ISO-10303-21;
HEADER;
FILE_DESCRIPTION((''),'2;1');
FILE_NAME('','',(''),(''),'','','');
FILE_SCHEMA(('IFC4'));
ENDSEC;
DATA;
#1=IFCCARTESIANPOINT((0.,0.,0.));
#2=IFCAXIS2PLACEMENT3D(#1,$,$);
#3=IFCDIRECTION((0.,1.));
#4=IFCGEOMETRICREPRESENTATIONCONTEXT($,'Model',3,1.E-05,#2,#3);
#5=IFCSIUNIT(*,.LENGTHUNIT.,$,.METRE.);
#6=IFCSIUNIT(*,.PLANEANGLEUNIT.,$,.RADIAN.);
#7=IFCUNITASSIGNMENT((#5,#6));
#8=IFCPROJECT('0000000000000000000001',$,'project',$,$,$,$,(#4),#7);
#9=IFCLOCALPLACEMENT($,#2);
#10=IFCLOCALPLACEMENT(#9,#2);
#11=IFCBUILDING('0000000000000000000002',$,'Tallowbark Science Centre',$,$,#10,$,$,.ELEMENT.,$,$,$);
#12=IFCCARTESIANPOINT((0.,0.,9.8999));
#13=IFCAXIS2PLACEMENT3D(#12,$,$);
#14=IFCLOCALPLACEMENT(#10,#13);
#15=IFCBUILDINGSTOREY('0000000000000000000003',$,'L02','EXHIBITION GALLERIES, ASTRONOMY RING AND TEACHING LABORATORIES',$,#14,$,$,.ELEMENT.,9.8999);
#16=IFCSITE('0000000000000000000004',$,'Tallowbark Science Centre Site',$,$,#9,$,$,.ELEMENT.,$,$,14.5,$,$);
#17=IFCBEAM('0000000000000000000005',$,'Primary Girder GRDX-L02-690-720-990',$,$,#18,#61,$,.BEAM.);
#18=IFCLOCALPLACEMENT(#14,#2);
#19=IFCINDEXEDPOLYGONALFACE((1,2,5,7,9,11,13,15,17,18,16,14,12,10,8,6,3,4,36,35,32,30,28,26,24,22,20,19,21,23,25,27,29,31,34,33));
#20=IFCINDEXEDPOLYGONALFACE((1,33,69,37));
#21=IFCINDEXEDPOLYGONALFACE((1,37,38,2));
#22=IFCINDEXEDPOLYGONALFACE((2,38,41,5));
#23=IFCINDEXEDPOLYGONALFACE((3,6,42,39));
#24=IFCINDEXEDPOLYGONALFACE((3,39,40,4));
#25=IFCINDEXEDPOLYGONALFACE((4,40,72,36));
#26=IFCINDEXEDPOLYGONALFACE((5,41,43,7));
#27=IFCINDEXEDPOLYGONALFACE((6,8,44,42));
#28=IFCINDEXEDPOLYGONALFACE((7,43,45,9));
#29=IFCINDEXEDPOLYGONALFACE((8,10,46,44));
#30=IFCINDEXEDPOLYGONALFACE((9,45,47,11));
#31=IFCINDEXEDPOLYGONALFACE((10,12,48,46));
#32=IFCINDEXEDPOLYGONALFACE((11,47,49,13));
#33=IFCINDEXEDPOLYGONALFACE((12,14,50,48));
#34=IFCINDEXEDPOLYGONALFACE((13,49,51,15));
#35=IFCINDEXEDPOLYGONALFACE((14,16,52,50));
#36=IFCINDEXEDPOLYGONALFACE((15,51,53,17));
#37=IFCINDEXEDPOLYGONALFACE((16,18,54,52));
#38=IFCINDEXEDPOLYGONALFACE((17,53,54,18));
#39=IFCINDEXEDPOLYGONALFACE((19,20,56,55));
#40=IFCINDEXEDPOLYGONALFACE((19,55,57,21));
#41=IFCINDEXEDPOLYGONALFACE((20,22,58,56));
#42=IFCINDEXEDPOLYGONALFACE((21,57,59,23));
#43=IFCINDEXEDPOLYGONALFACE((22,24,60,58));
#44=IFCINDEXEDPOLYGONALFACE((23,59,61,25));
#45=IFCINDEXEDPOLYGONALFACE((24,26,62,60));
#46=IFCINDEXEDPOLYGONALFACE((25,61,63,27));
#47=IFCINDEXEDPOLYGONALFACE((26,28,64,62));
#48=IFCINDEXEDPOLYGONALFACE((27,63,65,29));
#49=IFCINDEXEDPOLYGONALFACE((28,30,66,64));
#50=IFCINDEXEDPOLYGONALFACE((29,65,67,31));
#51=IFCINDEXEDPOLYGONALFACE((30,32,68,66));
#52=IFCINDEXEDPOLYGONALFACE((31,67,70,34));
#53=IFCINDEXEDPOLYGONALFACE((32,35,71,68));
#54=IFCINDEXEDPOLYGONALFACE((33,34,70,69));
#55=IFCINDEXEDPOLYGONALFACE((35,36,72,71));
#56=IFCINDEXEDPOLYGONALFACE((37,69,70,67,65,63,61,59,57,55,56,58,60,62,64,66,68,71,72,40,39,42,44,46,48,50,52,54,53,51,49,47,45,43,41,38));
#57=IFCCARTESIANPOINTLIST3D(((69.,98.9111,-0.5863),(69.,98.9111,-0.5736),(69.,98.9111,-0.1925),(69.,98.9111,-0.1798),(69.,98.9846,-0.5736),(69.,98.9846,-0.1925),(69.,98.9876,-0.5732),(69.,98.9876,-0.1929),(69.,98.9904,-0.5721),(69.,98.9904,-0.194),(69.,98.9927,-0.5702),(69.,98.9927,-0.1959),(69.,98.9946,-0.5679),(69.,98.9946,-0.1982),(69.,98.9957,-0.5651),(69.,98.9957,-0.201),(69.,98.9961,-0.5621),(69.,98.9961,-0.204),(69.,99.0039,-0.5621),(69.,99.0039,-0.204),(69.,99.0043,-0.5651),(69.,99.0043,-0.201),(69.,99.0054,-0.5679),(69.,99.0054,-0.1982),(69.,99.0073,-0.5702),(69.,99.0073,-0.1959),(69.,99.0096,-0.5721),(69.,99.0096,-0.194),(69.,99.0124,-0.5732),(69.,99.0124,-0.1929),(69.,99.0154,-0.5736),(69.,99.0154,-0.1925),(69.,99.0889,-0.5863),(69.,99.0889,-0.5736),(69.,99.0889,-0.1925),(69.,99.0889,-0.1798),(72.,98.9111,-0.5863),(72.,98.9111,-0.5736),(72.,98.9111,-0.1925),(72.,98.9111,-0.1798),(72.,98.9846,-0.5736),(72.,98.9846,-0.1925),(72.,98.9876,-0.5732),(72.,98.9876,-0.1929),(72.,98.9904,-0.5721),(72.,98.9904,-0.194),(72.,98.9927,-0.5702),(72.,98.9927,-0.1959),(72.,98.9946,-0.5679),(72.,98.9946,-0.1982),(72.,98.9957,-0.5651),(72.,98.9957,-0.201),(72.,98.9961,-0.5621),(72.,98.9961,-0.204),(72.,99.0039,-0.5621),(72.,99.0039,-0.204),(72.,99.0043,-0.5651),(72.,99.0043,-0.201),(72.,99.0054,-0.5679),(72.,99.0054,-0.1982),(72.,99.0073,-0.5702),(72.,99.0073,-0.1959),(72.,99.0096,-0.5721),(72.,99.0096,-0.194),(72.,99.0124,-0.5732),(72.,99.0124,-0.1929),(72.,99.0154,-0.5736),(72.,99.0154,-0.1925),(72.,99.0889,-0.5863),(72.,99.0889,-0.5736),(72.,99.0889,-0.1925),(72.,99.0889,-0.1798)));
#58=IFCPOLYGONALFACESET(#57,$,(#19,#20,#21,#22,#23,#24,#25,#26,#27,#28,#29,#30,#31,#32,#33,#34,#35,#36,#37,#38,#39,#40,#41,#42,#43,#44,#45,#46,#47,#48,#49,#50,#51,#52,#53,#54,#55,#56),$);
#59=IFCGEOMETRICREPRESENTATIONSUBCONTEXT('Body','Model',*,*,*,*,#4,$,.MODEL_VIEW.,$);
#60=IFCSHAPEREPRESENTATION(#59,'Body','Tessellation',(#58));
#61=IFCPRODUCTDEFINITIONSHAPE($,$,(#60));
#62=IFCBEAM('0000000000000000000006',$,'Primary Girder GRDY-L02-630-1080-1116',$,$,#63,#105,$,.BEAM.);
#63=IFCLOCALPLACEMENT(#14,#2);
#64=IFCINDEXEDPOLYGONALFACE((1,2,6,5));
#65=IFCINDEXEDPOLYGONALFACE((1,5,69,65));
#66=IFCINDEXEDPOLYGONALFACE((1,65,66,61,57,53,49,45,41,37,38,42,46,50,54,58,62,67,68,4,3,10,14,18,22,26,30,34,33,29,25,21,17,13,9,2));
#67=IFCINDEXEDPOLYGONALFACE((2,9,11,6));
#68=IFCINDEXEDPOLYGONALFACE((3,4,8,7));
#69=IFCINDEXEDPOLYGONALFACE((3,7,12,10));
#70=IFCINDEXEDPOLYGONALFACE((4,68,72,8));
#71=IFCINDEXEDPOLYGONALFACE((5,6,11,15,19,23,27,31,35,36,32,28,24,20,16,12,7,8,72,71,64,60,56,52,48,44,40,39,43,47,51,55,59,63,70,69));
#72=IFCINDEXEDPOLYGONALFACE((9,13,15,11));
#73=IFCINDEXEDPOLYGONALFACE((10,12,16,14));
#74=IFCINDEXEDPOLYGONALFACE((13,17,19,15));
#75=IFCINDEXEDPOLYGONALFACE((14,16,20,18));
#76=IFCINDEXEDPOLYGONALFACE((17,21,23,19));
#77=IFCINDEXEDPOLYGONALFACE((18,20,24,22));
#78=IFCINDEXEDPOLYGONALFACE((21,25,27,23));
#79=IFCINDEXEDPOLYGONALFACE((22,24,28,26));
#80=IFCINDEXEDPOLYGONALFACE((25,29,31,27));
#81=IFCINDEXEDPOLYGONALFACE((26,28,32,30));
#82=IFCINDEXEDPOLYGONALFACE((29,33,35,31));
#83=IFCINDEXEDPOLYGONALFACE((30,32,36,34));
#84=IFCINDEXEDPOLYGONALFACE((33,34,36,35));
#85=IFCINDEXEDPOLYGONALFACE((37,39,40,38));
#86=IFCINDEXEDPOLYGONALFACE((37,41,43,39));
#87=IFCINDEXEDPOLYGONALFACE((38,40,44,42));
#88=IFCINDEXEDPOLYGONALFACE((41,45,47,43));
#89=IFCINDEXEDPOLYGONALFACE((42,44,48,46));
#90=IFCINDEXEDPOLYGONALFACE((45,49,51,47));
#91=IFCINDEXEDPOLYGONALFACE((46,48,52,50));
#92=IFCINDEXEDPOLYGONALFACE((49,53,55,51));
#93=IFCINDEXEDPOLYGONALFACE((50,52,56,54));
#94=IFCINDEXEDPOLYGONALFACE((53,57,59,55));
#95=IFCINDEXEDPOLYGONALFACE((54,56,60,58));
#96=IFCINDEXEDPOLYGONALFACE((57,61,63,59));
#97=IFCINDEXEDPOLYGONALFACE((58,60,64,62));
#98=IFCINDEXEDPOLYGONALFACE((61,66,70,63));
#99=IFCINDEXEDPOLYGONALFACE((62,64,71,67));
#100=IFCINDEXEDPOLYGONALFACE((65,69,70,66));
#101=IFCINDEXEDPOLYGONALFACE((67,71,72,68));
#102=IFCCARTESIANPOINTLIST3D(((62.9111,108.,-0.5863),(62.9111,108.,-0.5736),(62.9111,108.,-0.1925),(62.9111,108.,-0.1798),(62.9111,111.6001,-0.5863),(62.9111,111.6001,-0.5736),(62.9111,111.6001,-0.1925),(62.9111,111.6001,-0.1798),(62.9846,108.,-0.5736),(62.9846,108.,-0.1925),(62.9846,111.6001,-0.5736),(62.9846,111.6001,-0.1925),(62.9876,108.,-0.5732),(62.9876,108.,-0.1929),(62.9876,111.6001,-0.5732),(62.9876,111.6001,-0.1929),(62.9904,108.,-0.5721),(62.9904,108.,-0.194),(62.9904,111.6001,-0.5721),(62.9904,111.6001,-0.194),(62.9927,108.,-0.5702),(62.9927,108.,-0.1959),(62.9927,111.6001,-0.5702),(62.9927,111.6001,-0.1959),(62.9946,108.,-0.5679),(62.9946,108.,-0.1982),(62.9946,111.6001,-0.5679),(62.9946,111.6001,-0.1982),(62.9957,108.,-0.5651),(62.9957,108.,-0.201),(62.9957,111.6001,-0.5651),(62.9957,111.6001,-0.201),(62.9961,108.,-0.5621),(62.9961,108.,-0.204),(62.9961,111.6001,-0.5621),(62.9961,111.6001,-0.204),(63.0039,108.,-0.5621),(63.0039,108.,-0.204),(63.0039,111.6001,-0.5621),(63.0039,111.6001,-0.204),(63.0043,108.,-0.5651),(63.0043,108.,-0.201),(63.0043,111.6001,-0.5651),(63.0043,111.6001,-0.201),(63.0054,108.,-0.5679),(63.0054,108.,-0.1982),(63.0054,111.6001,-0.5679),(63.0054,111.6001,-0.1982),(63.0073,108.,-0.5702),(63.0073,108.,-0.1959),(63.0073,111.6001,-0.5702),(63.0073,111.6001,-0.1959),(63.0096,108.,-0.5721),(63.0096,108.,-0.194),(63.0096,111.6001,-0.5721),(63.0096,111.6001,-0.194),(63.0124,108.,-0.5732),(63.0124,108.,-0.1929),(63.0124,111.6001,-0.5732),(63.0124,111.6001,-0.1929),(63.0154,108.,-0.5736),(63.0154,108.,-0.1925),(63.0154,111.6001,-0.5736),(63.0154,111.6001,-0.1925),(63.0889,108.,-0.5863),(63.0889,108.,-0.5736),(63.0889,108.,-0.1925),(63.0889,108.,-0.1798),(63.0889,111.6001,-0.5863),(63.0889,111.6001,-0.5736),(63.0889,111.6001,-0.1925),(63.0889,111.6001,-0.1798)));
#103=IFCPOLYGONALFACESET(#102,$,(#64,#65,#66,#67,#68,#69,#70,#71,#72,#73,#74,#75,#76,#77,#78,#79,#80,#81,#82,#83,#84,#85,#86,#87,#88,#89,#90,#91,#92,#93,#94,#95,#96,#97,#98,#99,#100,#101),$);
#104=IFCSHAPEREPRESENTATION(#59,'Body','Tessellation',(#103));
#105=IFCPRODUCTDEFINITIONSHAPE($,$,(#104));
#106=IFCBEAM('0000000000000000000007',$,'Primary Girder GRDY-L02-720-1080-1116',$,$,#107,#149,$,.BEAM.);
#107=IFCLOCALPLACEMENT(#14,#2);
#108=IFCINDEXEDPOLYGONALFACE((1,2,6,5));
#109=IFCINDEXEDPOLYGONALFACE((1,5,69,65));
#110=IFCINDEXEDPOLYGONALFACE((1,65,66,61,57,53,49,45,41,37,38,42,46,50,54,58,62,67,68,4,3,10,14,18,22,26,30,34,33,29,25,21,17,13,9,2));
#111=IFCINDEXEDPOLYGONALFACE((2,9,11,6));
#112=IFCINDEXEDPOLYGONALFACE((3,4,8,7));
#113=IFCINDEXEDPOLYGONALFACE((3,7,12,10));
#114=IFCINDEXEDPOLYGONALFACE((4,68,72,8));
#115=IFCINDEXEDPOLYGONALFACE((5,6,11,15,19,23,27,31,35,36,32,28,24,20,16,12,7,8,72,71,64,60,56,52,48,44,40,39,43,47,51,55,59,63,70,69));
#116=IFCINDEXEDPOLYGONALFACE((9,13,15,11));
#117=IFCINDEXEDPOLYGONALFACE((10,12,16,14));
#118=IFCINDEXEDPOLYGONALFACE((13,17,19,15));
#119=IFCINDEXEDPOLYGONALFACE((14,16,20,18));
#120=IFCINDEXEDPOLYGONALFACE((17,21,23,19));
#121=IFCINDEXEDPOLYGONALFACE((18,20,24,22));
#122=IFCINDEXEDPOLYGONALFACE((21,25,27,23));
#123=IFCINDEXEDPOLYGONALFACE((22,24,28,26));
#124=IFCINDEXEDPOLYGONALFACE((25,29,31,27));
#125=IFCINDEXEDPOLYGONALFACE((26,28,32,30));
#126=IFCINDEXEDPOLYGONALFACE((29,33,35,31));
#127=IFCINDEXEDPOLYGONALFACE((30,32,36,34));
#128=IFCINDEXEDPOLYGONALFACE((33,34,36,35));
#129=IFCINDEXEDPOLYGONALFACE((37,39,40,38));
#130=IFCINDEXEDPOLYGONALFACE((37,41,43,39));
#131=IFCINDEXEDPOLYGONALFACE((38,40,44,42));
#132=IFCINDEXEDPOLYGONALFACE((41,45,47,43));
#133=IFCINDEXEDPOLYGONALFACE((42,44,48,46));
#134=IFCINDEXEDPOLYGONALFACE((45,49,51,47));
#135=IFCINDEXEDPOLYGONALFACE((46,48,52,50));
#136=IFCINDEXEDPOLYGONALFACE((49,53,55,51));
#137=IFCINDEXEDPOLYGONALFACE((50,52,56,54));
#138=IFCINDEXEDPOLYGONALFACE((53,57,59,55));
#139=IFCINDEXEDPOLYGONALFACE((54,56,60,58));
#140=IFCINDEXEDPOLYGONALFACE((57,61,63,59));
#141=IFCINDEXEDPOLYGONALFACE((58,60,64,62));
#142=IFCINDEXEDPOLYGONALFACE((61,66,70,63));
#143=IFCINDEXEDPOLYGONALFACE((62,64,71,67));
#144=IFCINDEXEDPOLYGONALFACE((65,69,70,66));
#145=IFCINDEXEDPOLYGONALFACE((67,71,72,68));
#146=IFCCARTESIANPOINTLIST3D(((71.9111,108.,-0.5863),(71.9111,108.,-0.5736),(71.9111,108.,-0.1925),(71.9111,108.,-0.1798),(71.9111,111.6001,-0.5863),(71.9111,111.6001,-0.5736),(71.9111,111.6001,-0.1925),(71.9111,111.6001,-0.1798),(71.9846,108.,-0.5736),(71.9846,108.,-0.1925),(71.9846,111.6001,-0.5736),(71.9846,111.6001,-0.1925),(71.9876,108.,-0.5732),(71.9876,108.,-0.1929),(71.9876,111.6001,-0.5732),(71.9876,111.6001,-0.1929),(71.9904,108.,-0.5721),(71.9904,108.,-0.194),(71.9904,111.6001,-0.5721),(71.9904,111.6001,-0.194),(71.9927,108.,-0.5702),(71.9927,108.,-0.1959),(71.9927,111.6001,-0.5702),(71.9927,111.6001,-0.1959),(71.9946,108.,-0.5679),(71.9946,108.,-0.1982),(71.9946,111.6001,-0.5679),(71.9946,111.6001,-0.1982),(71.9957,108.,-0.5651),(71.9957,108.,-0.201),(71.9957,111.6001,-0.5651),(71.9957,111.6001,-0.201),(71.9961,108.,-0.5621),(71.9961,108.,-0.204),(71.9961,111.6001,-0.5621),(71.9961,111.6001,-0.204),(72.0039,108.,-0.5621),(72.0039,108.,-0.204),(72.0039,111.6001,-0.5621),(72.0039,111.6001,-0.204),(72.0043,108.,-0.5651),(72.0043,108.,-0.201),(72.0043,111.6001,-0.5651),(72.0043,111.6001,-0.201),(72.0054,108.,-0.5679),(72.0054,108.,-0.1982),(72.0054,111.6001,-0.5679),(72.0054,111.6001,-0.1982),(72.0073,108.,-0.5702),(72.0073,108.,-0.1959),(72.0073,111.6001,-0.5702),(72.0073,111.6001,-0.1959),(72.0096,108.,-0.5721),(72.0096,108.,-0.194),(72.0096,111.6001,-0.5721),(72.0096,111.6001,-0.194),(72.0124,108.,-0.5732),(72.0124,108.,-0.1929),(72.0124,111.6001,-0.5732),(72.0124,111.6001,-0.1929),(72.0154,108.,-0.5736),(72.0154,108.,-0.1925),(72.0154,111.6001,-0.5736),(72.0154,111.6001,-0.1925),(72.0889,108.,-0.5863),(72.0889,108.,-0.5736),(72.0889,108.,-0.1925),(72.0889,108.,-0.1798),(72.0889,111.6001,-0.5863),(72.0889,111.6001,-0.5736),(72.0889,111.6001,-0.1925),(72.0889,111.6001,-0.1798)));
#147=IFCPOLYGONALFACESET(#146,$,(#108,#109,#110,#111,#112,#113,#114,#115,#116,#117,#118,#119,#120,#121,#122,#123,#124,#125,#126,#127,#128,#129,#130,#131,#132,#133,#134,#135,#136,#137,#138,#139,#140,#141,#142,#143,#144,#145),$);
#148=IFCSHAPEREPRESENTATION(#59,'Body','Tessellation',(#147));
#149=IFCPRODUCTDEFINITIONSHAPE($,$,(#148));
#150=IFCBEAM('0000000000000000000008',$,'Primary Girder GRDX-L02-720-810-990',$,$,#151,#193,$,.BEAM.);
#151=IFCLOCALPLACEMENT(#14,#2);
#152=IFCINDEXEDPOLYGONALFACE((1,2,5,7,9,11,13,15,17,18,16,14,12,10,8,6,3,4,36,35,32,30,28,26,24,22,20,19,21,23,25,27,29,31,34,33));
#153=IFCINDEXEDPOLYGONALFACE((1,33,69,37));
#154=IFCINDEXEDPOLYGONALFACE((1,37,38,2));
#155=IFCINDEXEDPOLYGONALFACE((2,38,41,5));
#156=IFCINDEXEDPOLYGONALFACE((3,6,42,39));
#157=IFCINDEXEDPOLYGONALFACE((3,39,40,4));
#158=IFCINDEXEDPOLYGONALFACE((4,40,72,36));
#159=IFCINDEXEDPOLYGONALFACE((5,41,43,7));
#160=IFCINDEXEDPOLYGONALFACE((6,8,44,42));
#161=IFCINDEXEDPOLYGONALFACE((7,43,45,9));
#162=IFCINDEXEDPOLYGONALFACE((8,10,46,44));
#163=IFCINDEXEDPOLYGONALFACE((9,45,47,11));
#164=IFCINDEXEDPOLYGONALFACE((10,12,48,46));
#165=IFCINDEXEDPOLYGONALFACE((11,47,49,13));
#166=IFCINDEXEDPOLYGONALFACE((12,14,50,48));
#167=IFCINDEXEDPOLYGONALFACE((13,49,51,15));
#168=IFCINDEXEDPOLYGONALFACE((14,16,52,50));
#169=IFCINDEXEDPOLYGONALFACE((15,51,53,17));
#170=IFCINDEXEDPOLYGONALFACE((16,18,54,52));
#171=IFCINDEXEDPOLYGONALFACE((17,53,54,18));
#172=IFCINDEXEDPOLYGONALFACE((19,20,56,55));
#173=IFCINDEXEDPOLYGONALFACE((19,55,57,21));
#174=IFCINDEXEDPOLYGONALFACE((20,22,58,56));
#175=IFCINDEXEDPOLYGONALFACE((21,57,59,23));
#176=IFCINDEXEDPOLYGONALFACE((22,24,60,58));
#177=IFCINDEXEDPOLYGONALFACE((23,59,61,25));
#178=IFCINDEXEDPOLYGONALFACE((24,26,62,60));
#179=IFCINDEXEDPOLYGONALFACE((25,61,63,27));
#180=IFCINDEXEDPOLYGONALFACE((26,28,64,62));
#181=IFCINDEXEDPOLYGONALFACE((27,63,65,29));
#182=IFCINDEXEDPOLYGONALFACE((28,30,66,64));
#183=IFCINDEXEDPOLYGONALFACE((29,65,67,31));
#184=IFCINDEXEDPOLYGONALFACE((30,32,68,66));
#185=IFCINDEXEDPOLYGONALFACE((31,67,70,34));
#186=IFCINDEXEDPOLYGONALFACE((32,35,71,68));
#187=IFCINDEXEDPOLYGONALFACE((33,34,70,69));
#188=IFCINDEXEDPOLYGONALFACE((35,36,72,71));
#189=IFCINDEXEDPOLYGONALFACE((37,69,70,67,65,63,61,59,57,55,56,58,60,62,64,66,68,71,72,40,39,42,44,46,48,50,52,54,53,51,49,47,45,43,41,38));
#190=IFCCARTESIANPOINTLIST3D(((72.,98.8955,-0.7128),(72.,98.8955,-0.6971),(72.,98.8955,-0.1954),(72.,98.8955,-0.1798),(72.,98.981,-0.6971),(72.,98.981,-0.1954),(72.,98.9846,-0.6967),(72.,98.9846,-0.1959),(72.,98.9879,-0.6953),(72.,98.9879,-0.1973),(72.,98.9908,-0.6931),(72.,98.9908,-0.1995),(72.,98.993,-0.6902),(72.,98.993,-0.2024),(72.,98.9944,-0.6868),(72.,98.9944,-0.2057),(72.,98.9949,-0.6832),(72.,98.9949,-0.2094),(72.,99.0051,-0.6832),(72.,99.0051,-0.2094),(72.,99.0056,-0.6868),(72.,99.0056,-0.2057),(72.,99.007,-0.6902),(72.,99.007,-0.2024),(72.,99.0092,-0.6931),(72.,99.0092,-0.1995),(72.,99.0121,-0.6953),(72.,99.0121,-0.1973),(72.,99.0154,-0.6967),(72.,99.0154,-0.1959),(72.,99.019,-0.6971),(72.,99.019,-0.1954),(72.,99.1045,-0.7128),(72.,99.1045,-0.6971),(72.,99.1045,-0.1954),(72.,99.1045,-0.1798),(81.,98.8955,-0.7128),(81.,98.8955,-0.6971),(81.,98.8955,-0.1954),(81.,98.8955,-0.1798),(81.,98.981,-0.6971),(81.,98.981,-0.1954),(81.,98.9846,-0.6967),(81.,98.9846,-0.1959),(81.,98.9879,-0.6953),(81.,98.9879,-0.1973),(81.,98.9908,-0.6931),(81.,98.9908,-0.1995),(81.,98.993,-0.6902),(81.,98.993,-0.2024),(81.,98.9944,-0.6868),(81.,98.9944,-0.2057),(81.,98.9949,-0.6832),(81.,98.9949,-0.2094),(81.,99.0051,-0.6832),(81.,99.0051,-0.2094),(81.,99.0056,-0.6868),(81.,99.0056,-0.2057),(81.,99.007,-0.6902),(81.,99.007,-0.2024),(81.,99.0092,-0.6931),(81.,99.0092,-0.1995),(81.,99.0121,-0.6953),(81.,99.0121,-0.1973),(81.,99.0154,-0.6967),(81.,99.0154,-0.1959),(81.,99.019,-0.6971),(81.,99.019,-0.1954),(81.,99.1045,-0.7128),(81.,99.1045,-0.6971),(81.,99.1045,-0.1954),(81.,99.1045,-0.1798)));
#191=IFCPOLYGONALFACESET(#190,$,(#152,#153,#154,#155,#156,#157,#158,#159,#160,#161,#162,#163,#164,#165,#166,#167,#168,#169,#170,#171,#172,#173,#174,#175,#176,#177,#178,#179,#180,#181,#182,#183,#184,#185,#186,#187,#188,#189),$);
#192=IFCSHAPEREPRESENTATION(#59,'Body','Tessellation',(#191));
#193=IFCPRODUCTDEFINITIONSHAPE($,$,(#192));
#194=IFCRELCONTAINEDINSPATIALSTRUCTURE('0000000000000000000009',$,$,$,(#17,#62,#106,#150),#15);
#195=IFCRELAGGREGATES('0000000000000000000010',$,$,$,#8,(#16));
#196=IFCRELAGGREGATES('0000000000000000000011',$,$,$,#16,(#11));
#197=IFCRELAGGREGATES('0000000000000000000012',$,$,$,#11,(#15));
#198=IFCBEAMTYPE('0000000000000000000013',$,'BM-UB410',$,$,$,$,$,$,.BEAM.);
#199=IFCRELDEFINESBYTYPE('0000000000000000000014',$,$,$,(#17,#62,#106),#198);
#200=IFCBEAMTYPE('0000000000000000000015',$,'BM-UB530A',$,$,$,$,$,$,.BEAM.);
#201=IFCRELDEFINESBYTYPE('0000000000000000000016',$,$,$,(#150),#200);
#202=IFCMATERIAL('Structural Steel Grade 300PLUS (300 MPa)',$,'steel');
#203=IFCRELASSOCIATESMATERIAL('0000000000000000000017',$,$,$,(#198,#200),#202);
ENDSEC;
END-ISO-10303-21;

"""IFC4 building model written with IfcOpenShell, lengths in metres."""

from ifc_helpers import new_model, si_unit, direction, frame, origin, origin_2d, place, context, subcontext, project, spatial, i_section, extrude, material, material_profile, profile_set, type_object, element, save


model = new_model("IFC4")

# Units and contexts
model_context = context("Model", 3, precision=1e-05, world=origin(), true_north=direction((0.0, 1.0)))
body_context = subcontext(model_context, "Body", "Model", "MODEL_VIEW")
ifc_project = project(units=[si_unit("LENGTHUNIT", "METRE"), si_unit("PLANEANGLEUNIT", "RADIAN")], contexts=[model_context])

# Site, building, storey
site_placement = place(None, origin())
site = spatial("IfcSite", under=ifc_project, at=site_placement, Name="Tallowbark Science Centre Site", CompositionType="ELEMENT", RefElevation=14.5)
building_placement = place(site_placement, origin())
building = spatial("IfcBuilding", under=site, at=building_placement, Name="Tallowbark Science Centre", CompositionType="ELEMENT")
storey_placement = place(building_placement, frame((0.0, 0.0, 9.8999)))
storey = spatial("IfcBuildingStorey", under=building, at=storey_placement, Name="L02", Description="EXHIBITION GALLERIES, ASTRONOMY RING AND TEACHING LABORATORIES", CompositionType="ELEMENT", Elevation=9.8999)

# Shared definitions
ifc_material_1 = material(Name="Structural Steel Grade 300PLUS (300 MPa)", Category="steel")

# Beams
ifc_material_profile_1 = material_profile(ifc_material_1, i_section(OverallWidth=0.1777, OverallDepth=0.4065, WebThickness=0.0078, FlangeThickness=0.0127, FilletRadius=0.0115, at=origin_2d()), Name="410UB59.7")
ifc_profile_set_1 = profile_set([ifc_material_profile_1], Name="Structural Steel Grade 300PLUS (300 MPa)")
beam_type_1 = type_object("IfcBeamType", Name="BM-UB410", PredefinedType="BEAM", material=ifc_profile_set_1)
beam_1_placement = place(storey_placement, frame((69.0, 99.0, -0.3831), z_axis=(1.0, 0.0, 0.0), x_axis=(0.0, 1.0, 0.0)))
element("IfcBeam", 1, at=beam_1_placement, inside=storey, type_object=beam_type_1, Name="Primary Girder GRDX-L02-690-720-990", PredefinedType="BEAM", context=body_context, shape_type="SweptSolid", body=[
    extrude(i_section(OverallWidth=0.1777, OverallDepth=0.4065, WebThickness=0.0078, FlangeThickness=0.0127, FilletRadius=0.0115, at=origin_2d()), origin(), (0.0, 0.0, 1.0), 3.0),
])
for number, where, z_axis, x_axis, name in (
    (2, (63.0, 108.0, -0.3831), (0.0, 1.0, 0.0), (-1.0, 0.0, 0.0), "Primary Girder GRDY-L02-630-1080-1116"),
    (3, (72.0, 108.0, -0.3831), (0.0, 1.0, 0.0), (-1.0, 0.0, 0.0), "Primary Girder GRDY-L02-720-1080-1116"),
):
    element("IfcBeam", number, at=place(storey_placement, frame(where, z_axis=z_axis, x_axis=x_axis)), inside=storey, type_object=beam_type_1, Name=name, PredefinedType="BEAM", context=body_context, shape_type="SweptSolid", body=[
        extrude(i_section(OverallWidth=0.1777, OverallDepth=0.4065, WebThickness=0.0078, FlangeThickness=0.0127, FilletRadius=0.0115, at=origin_2d()), origin(), (0.0, 0.0, 1.0), 3.6001),
    ])
ifc_material_profile_2 = material_profile(ifc_material_1, i_section(OverallWidth=0.209, OverallDepth=0.533, WebThickness=0.0103, FlangeThickness=0.0156, FilletRadius=0.0139, at=origin_2d()), Name="530UB92.4")
ifc_profile_set_2 = profile_set([ifc_material_profile_2], Name="Structural Steel Grade 300PLUS (300 MPa)")
beam_type_2 = type_object("IfcBeamType", Name="BM-UB530A", PredefinedType="BEAM", material=ifc_profile_set_2)
beam_2_placement = place(storey_placement, frame((72.0, 99.0, -0.4463), z_axis=(1.0, 0.0, 0.0), x_axis=(0.0, 1.0, 0.0)))
element("IfcBeam", 4, at=beam_2_placement, inside=storey, type_object=beam_type_2, Name="Primary Girder GRDX-L02-720-810-990", PredefinedType="BEAM", context=body_context, shape_type="SweptSolid", body=[
    extrude(i_section(OverallWidth=0.209, OverallDepth=0.533, WebThickness=0.0103, FlangeThickness=0.0156, FilletRadius=0.0139, at=origin_2d()), origin(), (0.0, 0.0, 1.0), 9.0),
])

save(model, "model.ifc")
